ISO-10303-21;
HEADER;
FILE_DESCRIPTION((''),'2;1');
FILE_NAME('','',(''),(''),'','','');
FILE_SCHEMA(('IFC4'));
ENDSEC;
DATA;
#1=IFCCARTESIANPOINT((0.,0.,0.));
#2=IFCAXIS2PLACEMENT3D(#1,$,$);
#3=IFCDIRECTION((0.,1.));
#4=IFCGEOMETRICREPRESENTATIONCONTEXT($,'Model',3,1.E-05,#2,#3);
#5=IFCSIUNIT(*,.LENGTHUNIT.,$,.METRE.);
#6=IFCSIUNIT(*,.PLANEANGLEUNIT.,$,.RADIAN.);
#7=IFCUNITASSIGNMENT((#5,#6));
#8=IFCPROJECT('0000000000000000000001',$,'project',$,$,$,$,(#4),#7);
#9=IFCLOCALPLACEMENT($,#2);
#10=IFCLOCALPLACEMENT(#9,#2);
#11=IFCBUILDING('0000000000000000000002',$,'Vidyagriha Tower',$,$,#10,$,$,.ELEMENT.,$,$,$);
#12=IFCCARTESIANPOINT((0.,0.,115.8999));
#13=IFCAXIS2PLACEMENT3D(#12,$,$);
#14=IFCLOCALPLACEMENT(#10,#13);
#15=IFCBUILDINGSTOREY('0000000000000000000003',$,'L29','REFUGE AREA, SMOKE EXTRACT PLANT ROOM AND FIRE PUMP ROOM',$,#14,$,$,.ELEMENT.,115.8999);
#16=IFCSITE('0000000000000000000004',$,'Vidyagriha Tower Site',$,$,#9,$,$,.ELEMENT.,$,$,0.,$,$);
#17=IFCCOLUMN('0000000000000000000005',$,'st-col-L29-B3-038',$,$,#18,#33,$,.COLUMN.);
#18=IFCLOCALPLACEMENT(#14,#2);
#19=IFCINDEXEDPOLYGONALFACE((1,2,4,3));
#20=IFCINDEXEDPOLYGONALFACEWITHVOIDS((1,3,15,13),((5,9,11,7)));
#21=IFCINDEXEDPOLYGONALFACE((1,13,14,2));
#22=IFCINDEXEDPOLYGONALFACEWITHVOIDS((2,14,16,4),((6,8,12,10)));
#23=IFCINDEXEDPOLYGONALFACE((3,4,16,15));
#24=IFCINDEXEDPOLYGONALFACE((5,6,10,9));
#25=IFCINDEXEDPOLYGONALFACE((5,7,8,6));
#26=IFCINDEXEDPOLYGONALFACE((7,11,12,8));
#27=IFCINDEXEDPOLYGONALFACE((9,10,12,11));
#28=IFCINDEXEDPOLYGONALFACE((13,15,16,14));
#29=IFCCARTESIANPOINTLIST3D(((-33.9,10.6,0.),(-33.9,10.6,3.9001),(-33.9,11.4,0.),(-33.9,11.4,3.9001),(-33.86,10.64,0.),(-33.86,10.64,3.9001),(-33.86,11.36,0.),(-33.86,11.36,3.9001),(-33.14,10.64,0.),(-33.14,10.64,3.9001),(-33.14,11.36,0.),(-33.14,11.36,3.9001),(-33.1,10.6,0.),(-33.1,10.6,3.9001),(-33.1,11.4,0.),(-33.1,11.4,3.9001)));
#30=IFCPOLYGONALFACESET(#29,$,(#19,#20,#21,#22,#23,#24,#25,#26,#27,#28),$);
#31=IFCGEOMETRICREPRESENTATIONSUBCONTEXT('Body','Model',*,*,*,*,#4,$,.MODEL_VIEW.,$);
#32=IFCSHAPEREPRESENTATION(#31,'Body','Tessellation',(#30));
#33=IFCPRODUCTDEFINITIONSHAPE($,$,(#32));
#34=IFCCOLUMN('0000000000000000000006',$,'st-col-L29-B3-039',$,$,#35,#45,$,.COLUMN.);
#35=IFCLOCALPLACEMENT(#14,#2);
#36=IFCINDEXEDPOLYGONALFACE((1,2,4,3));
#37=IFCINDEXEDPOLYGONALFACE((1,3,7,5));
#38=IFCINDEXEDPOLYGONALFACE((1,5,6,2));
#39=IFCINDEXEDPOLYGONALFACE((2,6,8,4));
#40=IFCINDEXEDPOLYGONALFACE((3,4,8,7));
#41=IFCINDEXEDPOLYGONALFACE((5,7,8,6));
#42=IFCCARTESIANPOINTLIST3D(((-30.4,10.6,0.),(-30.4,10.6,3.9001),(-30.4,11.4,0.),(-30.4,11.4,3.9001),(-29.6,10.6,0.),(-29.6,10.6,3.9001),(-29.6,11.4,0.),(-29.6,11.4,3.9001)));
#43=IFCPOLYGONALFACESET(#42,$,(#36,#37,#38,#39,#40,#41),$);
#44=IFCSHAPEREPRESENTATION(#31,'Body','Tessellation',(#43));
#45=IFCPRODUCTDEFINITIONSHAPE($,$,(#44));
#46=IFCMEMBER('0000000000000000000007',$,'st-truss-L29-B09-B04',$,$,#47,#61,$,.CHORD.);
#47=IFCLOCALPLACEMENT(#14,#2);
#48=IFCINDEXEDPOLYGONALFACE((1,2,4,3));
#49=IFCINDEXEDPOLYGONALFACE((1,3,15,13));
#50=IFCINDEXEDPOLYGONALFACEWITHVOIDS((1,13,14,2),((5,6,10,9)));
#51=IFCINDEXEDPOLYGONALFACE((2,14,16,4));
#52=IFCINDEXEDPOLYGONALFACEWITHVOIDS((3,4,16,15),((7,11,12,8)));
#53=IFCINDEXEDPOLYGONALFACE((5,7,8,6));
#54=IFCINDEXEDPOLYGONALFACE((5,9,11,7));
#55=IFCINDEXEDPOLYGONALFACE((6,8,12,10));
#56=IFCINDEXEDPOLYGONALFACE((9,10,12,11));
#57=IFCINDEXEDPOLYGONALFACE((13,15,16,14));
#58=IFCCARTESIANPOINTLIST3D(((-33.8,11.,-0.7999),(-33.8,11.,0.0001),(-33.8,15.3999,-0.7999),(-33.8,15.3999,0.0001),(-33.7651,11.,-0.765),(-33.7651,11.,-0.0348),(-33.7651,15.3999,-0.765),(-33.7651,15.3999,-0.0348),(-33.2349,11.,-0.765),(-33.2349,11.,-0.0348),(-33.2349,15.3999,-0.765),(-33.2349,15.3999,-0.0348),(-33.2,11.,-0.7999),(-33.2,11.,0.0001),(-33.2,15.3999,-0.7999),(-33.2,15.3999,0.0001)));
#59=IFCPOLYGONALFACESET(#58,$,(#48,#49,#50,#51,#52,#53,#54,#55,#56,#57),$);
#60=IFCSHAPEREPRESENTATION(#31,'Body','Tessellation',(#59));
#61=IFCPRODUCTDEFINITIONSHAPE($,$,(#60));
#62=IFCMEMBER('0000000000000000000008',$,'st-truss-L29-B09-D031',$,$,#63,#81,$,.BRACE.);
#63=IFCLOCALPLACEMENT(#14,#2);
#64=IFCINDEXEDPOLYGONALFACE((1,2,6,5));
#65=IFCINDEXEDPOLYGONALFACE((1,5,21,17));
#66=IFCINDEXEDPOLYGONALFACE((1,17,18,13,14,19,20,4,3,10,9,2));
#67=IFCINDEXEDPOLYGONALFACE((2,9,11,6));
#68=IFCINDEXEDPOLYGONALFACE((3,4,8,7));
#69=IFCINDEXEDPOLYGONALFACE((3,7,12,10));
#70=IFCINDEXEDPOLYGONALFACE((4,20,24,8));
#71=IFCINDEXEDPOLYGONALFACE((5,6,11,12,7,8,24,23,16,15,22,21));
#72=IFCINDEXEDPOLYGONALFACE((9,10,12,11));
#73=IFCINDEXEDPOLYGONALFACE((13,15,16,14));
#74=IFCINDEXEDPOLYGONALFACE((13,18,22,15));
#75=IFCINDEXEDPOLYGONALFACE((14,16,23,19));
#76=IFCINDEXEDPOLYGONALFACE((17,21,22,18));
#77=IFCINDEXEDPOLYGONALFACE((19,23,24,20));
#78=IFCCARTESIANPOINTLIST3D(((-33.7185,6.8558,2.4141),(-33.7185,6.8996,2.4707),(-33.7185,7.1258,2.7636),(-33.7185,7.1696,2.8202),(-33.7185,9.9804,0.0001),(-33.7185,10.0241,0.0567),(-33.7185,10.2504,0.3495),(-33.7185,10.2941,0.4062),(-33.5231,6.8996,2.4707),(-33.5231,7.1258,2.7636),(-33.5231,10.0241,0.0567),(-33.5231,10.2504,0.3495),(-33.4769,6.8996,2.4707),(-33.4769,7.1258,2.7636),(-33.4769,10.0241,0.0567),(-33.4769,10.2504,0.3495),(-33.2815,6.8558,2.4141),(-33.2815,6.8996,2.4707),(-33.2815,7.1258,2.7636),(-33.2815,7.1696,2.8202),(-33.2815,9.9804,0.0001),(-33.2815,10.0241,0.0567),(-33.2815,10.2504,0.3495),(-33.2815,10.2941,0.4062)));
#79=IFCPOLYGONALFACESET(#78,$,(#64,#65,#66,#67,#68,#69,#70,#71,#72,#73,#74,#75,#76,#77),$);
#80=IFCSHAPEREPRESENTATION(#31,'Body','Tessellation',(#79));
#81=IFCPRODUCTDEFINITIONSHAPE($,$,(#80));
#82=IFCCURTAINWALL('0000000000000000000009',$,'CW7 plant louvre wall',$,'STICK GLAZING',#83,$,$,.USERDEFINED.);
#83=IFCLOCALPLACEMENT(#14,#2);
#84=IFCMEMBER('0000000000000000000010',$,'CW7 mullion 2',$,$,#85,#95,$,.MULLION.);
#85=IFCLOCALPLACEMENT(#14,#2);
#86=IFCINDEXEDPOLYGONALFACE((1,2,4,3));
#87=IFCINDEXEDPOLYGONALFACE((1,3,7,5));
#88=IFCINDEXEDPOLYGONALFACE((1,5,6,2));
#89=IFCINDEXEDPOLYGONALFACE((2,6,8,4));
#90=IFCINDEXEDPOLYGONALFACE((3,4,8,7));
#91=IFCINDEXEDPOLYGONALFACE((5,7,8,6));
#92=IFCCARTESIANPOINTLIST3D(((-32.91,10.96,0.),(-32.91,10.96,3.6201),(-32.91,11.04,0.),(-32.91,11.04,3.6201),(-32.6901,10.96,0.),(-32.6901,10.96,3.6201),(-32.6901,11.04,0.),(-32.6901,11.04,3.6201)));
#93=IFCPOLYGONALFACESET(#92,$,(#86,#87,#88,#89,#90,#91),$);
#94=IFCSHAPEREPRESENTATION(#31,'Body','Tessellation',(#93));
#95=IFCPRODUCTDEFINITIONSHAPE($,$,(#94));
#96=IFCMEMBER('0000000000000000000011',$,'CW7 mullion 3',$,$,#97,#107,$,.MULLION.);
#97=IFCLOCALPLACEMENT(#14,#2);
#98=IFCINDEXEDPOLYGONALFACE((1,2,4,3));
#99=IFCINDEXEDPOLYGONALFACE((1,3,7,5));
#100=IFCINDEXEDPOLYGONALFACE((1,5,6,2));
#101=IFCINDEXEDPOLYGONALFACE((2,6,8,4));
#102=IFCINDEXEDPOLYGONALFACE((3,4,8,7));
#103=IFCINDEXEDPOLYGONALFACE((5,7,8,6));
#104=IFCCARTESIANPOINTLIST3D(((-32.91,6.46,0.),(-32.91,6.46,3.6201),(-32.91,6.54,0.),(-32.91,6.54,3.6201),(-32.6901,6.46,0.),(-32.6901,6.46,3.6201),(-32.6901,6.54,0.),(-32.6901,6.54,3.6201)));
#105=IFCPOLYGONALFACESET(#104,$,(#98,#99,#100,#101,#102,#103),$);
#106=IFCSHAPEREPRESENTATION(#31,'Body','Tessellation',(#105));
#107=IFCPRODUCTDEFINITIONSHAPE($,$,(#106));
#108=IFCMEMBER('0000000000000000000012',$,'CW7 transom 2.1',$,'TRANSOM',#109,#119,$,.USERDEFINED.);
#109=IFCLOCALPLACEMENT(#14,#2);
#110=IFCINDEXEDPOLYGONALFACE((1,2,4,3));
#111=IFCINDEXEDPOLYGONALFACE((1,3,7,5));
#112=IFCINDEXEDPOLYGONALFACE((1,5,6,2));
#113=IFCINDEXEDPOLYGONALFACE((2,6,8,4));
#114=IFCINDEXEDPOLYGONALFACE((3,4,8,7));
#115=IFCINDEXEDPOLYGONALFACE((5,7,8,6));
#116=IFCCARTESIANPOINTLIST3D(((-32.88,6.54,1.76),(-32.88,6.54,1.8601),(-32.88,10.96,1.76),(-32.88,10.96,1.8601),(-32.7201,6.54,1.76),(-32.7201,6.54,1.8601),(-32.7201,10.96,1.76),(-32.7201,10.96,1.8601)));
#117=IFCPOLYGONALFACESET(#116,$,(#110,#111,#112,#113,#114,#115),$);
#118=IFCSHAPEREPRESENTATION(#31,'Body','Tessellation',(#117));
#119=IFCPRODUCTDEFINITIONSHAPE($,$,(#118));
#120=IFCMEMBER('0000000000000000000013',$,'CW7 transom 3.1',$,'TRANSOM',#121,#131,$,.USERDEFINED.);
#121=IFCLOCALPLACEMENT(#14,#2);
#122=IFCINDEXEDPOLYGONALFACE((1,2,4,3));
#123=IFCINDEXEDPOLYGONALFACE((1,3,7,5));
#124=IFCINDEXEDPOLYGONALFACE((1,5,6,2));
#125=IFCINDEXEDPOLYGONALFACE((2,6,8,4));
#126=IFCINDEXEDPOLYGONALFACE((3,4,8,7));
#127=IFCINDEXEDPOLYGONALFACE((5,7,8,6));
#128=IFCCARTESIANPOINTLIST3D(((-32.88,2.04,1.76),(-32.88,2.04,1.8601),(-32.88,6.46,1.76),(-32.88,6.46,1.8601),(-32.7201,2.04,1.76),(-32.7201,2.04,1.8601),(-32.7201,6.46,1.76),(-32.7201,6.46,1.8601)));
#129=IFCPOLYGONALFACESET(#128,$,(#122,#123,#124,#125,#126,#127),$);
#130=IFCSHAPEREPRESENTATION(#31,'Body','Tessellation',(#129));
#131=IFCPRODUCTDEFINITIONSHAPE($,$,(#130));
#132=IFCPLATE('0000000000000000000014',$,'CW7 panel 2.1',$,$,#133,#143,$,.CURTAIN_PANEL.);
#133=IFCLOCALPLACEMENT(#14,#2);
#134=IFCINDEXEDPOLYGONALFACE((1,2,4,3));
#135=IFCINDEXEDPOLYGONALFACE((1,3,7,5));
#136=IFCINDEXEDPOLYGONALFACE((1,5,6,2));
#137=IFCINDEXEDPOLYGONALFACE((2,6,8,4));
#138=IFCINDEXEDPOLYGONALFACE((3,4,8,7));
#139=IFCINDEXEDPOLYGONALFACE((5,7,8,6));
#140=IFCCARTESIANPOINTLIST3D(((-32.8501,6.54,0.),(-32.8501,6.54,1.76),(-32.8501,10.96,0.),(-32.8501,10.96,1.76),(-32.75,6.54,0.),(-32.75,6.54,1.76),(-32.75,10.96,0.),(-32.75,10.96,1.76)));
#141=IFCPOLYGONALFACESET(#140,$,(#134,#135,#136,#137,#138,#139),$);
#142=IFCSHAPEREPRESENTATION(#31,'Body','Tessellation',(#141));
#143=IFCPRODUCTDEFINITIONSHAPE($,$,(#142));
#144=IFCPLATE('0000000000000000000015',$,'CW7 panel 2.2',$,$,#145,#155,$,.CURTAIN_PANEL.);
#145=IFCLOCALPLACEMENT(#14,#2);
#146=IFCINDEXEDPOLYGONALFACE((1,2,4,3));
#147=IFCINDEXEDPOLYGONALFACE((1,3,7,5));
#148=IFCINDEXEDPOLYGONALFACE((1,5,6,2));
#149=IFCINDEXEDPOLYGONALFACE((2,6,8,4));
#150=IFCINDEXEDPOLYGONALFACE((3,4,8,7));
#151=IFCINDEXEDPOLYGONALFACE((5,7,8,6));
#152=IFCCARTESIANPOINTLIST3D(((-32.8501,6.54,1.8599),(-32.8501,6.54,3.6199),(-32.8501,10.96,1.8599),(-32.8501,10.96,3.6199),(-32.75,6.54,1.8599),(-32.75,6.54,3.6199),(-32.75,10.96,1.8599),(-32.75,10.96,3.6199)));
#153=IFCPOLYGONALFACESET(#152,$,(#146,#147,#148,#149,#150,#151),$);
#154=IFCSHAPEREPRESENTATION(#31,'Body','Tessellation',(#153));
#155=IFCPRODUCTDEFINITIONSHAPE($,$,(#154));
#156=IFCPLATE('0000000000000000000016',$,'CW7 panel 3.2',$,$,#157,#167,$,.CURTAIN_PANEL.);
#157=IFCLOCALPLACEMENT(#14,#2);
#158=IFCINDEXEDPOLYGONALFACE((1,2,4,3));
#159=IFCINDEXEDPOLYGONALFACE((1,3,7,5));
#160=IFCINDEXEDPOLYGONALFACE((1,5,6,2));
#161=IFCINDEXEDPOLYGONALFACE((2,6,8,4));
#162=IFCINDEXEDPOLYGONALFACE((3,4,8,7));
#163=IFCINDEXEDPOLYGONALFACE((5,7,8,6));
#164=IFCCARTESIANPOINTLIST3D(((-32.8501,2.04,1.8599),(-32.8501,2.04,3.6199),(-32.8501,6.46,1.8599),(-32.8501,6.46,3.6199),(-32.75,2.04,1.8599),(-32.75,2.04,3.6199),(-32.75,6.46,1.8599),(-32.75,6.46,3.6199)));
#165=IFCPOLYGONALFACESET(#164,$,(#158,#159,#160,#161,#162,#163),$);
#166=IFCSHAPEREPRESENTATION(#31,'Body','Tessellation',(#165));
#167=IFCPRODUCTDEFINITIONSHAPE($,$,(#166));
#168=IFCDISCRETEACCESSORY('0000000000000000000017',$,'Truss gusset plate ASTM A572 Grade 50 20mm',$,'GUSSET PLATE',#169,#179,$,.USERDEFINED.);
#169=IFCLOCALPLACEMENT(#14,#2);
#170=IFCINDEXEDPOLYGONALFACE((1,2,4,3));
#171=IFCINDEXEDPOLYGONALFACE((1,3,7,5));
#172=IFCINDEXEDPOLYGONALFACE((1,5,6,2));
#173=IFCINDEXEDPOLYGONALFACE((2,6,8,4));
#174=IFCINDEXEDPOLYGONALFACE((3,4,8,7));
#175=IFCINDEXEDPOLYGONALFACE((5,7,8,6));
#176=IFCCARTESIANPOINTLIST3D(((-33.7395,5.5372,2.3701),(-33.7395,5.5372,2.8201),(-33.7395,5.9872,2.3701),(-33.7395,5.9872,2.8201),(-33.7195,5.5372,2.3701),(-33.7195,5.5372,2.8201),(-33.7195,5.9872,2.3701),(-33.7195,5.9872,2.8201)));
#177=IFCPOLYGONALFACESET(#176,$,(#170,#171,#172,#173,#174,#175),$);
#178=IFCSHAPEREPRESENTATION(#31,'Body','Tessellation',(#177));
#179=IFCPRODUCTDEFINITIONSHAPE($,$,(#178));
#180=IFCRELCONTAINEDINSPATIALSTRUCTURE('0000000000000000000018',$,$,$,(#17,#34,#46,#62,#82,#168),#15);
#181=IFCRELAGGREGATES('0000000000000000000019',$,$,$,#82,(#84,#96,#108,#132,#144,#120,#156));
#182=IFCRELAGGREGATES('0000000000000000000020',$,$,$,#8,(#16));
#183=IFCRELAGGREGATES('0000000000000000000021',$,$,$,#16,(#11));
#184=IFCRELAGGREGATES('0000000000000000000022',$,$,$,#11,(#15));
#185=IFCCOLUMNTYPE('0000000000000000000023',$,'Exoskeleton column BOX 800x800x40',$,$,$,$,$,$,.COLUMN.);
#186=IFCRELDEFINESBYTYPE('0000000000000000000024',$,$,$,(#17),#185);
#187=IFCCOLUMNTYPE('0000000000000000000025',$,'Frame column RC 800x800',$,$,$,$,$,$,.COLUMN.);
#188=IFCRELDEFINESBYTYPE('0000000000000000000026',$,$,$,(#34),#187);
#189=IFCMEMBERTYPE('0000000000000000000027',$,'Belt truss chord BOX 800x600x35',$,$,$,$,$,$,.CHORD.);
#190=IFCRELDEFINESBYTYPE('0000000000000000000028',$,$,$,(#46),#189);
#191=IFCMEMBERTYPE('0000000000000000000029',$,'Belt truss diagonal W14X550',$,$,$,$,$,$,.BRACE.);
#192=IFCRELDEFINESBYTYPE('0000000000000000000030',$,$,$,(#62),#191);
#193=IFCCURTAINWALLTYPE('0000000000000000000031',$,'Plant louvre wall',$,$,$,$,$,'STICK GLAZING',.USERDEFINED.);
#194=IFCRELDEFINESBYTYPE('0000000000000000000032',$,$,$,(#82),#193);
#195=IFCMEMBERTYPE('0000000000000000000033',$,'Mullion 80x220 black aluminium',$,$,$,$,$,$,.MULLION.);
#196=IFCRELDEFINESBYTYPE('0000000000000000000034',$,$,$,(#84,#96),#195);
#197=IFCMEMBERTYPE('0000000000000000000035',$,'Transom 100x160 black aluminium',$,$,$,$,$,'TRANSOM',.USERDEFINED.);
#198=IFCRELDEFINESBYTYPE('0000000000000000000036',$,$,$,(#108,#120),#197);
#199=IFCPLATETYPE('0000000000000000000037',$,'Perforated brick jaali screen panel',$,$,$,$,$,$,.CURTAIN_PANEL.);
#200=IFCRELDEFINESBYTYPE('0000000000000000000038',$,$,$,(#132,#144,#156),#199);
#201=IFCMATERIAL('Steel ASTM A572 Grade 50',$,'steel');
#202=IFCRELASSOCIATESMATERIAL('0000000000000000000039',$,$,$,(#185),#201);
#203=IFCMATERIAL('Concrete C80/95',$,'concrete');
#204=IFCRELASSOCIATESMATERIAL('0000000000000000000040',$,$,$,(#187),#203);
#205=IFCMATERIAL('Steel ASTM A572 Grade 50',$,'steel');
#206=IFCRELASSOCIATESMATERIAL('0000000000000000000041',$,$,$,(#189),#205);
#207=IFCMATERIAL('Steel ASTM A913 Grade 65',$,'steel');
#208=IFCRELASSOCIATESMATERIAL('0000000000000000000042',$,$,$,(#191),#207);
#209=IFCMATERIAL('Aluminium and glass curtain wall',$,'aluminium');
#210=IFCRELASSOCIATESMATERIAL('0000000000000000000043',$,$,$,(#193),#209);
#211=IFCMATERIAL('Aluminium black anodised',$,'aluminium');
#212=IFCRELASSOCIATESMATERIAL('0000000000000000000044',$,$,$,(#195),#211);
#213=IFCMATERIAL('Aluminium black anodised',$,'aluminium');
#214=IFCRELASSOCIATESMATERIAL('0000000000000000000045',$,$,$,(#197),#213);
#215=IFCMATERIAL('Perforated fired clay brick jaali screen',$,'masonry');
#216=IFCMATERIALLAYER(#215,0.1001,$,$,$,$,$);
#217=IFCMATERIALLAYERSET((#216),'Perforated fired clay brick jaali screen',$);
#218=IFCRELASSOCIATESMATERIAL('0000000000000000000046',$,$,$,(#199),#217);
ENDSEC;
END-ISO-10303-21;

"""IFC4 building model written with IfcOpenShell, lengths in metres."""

from ifc_helpers import new_model, si_unit, direction, frame, origin, origin_2d, place, context, subcontext, project, spatial, rectangle, hollow_rectangle, i_section, extrude, material, layer, layer_set, material_profile, profile_set, type_object, element, aggregate, save


model = new_model("IFC4")

# Units and contexts
model_context = context("Model", 3, precision=1e-05, world=origin(), true_north=direction((0.0, 1.0)))
body_context = subcontext(model_context, "Body", "Model", "MODEL_VIEW")
ifc_project = project(units=[si_unit("LENGTHUNIT", "METRE"), si_unit("PLANEANGLEUNIT", "RADIAN")], contexts=[model_context])

# Site, building, storey
site_placement = place(None, origin())
site = spatial("IfcSite", under=ifc_project, at=site_placement, Name="Vidyagriha Tower Site", CompositionType="ELEMENT", RefElevation=0.0)
building_placement = place(site_placement, origin())
building = spatial("IfcBuilding", under=site, at=building_placement, Name="Vidyagriha Tower", CompositionType="ELEMENT")
storey_placement = place(building_placement, frame((0.0, 0.0, 115.8999)))
storey = spatial("IfcBuildingStorey", under=building, at=storey_placement, Name="L29", Description="REFUGE AREA, SMOKE EXTRACT PLANT ROOM AND FIRE PUMP ROOM", CompositionType="ELEMENT", Elevation=115.8999)

# Columns
ifc_material_1 = material(Name="Steel ASTM A572 Grade 50", Category="steel")
ifc_material_profile_1 = material_profile(ifc_material_1, hollow_rectangle(XDim=0.8, YDim=0.8, WallThickness=0.04, at=origin_2d()), Name="BOX 800x800x40")
ifc_profile_set_1 = profile_set([ifc_material_profile_1], Name="Steel ASTM A572 Grade 50")
column_type_1 = type_object("IfcColumnType", Name="Exoskeleton column BOX 800x800x40", PredefinedType="COLUMN", material=ifc_profile_set_1)
column_1_placement = place(storey_placement, frame((-33.5, 11.0, 0.0)))
element("IfcColumn", 1, at=column_1_placement, inside=storey, type_object=column_type_1, Name="st-col-L29-B3-038", PredefinedType="COLUMN", context=body_context, shape_type="SweptSolid", body=[
    extrude(hollow_rectangle(XDim=0.8, YDim=0.8, WallThickness=0.04, at=origin_2d()), origin(), (0.0, 0.0, 1.0), 3.9001),
])
ifc_material_2 = material(Name="Concrete C80/95", Category="concrete")
ifc_material_profile_2 = material_profile(ifc_material_2, rectangle(XDim=0.8, YDim=0.8, at=origin_2d()), Name="RC 800x800")
ifc_profile_set_2 = profile_set([ifc_material_profile_2], Name="Concrete C80/95")
column_type_2 = type_object("IfcColumnType", Name="Frame column RC 800x800", PredefinedType="COLUMN", material=ifc_profile_set_2)
column_2_placement = place(storey_placement, frame((-30.0, 11.0, 0.0)))
element("IfcColumn", 2, at=column_2_placement, inside=storey, type_object=column_type_2, Name="st-col-L29-B3-039", PredefinedType="COLUMN", context=body_context, shape_type="SweptSolid", body=[
    extrude(rectangle(XDim=0.8, YDim=0.8, at=origin_2d()), origin(), (0.0, 0.0, 1.0), 3.9001),
])

# Members
ifc_material_3 = material(Name="Steel ASTM A572 Grade 50", Category="steel")
ifc_material_profile_3 = material_profile(ifc_material_3, hollow_rectangle(XDim=0.6001, YDim=0.8, WallThickness=0.0349, at=origin_2d()), Name="BOX 800x600x35")
ifc_profile_set_3 = profile_set([ifc_material_profile_3], Name="Steel ASTM A572 Grade 50")
member_type_1 = type_object("IfcMemberType", Name="Belt truss chord BOX 800x600x35", PredefinedType="CHORD", material=ifc_profile_set_3)
member_1_placement = place(storey_placement, frame((-33.5, 11.0, -0.3999), z_axis=(0.0, 1.0, 0.0), x_axis=(-1.0, 0.0, 0.0)))
element("IfcMember", 3, at=member_1_placement, inside=storey, type_object=member_type_1, Name="st-truss-L29-B09-B04", PredefinedType="CHORD", context=body_context, shape_type="SweptSolid", body=[
    extrude(hollow_rectangle(XDim=0.6001, YDim=0.8, WallThickness=0.0349, at=origin_2d()), origin(), (0.0, 0.0, 1.0), 4.3999),
])
ifc_material_4 = material(Name="Steel ASTM A913 Grade 65", Category="steel")
ifc_material_profile_4 = material_profile(ifc_material_4, i_section(OverallWidth=0.437, OverallDepth=0.5132, WebThickness=0.0461, FlangeThickness=0.0715, at=origin_2d()), Name="W14X550")
ifc_profile_set_4 = profile_set([ifc_material_profile_4], Name="Steel ASTM A913 Grade 65")
member_type_2 = type_object("IfcMemberType", Name="Belt truss diagonal W14X550", PredefinedType="BRACE", material=ifc_profile_set_4)
member_2_placement = place(storey_placement, frame((-33.5, 7.0127, 2.6172), z_axis=(0.0, 0.791326, -0.611395), x_axis=(-1.0, 0.0, 0.0)))
element("IfcMember", 4, at=member_2_placement, inside=storey, type_object=member_type_2, Name="st-truss-L29-B09-D031", PredefinedType="BRACE", context=body_context, shape_type="SweptSolid", body=[
    extrude(i_section(OverallWidth=0.437, OverallDepth=0.5132, WebThickness=0.0461, FlangeThickness=0.0715, at=origin_2d()), origin(), (0.0, 0.0, 1.0), 3.9485),
])

# Curtain wall, members, plates
ifc_material_5 = material(Name="Aluminium and glass curtain wall", Category="aluminium")
curtain_wall_type = type_object("IfcCurtainWallType", Name="Plant louvre wall", ElementType="STICK GLAZING", PredefinedType="USERDEFINED", material=ifc_material_5)
curtain_wall_placement = place(storey_placement, origin())
curtain_wall = element("IfcCurtainWall", 5, at=curtain_wall_placement, inside=storey, type_object=curtain_wall_type, Name="CW7 plant louvre wall", ObjectType="STICK GLAZING", PredefinedType="USERDEFINED")
ifc_material_6 = material(Name="Aluminium black anodised", Category="aluminium")
ifc_material_profile_5 = material_profile(ifc_material_6, rectangle(XDim=0.22, YDim=0.0801, at=origin_2d()), Name="Mullion 80x220 black aluminium")
ifc_profile_set_5 = profile_set([ifc_material_profile_5], Name="Aluminium black anodised")
member_type_3 = type_object("IfcMemberType", Name="Mullion 80x220 black aluminium", PredefinedType="MULLION", material=ifc_profile_set_5)
member_3_placement = place(storey_placement, frame((-32.8, 11.0, 0.0)))
member_3 = element("IfcMember", 6, at=member_3_placement, type_object=member_type_3, Name="CW7 mullion 2", PredefinedType="MULLION", context=body_context, shape_type="SweptSolid", body=[
    extrude(rectangle(XDim=0.22, YDim=0.0801, at=origin_2d()), origin(), (0.0, 0.0, 1.0), 3.6201),
])
member_4_placement = place(storey_placement, frame((-32.8, 6.5, 0.0)))
member_4 = element("IfcMember", 7, at=member_4_placement, type_object=member_type_3, Name="CW7 mullion 3", PredefinedType="MULLION", context=body_context, shape_type="SweptSolid", body=[
    extrude(rectangle(XDim=0.22, YDim=0.0801, at=origin_2d()), origin(), (0.0, 0.0, 1.0), 3.6201),
])
ifc_material_7 = material(Name="Aluminium black anodised", Category="aluminium")
ifc_material_profile_6 = material_profile(ifc_material_7, rectangle(XDim=0.1599, YDim=0.1001, at=origin_2d()), Name="Transom 100x160 black aluminium")
ifc_profile_set_6 = profile_set([ifc_material_profile_6], Name="Aluminium black anodised")
member_type_4 = type_object("IfcMemberType", Name="Transom 100x160 black aluminium", ElementType="TRANSOM", PredefinedType="USERDEFINED", material=ifc_profile_set_6)
member_5_placement = place(storey_placement, frame((-32.8, 10.96, 1.8101), z_axis=(0.0, -1.0, 0.0), x_axis=(1.0, 0.0, 0.0)))
member_5 = element("IfcMember", 8, at=member_5_placement, type_object=member_type_4, Name="CW7 transom 2.1", ObjectType="TRANSOM", PredefinedType="USERDEFINED", context=body_context, shape_type="SweptSolid", body=[
    extrude(rectangle(XDim=0.1599, YDim=0.1001, at=origin_2d()), origin(), (0.0, 0.0, 1.0), 4.4199),
])
member_6_placement = place(storey_placement, frame((-32.8, 6.46, 1.8101), z_axis=(0.0, -1.0, 0.0), x_axis=(1.0, 0.0, 0.0)))
member_6 = element("IfcMember", 9, at=member_6_placement, type_object=member_type_4, Name="CW7 transom 3.1", ObjectType="TRANSOM", PredefinedType="USERDEFINED", context=body_context, shape_type="SweptSolid", body=[
    extrude(rectangle(XDim=0.1599, YDim=0.1001, at=origin_2d()), origin(), (0.0, 0.0, 1.0), 4.4199),
])
ifc_material_8 = material(Name="Perforated fired clay brick jaali screen", Category="masonry")
ifc_layer = layer(ifc_material_8, 0.1001)
ifc_layer_set = layer_set([ifc_layer], Name="Perforated fired clay brick jaali screen")
plate_type = type_object("IfcPlateType", Name="Perforated brick jaali screen panel", PredefinedType="CURTAIN_PANEL", material=ifc_layer_set)
plate_1_placement = place(storey_placement, frame((-32.8, 8.75, 0.0), z_axis=(0.0, 0.0, 1.0), x_axis=(0.0, -1.0, 0.0)))
plate_1 = element("IfcPlate", 10, at=plate_1_placement, type_object=plate_type, Name="CW7 panel 2.1", PredefinedType="CURTAIN_PANEL", context=body_context, shape_type="SweptSolid", body=[
    extrude(rectangle(XDim=4.4199, YDim=0.1001, at=origin_2d()), origin(), (0.0, 0.0, 1.0), 1.76),
])
plate_2_placement = place(storey_placement, frame((-32.8, 8.75, 1.8599), z_axis=(0.0, 0.0, 1.0), x_axis=(0.0, -1.0, 0.0)))
plate_2 = element("IfcPlate", 11, at=plate_2_placement, type_object=plate_type, Name="CW7 panel 2.2", PredefinedType="CURTAIN_PANEL", context=body_context, shape_type="SweptSolid", body=[
    extrude(rectangle(XDim=4.4199, YDim=0.1001, at=origin_2d()), origin(), (0.0, 0.0, 1.0), 1.76),
])
plate_3_placement = place(storey_placement, frame((-32.8, 4.25, 1.8599), z_axis=(0.0, 0.0, 1.0), x_axis=(0.0, -1.0, 0.0)))
plate_3 = element("IfcPlate", 12, at=plate_3_placement, type_object=plate_type, Name="CW7 panel 3.2", PredefinedType="CURTAIN_PANEL", context=body_context, shape_type="SweptSolid", body=[
    extrude(rectangle(XDim=4.4199, YDim=0.1001, at=origin_2d()), origin(), (0.0, 0.0, 1.0), 1.76),
])
aggregate(curtain_wall, [member_3, member_4, member_5, plate_1, plate_2, member_6, plate_3])

# Discrete accessory
for number, where, z_axis, x_axis, name in (
    (13, (-33.7295, 5.7622, 2.3701), (0.0, 0.0, 1.0), (0.0, 1.0, 0.0), "Truss gusset plate ASTM A572 Grade 50 20mm"),
):
    element("IfcDiscreteAccessory", number, at=place(storey_placement, frame(where, z_axis=z_axis, x_axis=x_axis)), inside=storey, Name=name, ObjectType="GUSSET PLATE", PredefinedType="USERDEFINED", context=body_context, shape_type="SweptSolid", body=[
        extrude(rectangle(XDim=0.45, YDim=0.02, at=origin_2d()), origin(), (0.0, 0.0, 1.0), 0.45),
    ])

save(model, "model.ifc")
